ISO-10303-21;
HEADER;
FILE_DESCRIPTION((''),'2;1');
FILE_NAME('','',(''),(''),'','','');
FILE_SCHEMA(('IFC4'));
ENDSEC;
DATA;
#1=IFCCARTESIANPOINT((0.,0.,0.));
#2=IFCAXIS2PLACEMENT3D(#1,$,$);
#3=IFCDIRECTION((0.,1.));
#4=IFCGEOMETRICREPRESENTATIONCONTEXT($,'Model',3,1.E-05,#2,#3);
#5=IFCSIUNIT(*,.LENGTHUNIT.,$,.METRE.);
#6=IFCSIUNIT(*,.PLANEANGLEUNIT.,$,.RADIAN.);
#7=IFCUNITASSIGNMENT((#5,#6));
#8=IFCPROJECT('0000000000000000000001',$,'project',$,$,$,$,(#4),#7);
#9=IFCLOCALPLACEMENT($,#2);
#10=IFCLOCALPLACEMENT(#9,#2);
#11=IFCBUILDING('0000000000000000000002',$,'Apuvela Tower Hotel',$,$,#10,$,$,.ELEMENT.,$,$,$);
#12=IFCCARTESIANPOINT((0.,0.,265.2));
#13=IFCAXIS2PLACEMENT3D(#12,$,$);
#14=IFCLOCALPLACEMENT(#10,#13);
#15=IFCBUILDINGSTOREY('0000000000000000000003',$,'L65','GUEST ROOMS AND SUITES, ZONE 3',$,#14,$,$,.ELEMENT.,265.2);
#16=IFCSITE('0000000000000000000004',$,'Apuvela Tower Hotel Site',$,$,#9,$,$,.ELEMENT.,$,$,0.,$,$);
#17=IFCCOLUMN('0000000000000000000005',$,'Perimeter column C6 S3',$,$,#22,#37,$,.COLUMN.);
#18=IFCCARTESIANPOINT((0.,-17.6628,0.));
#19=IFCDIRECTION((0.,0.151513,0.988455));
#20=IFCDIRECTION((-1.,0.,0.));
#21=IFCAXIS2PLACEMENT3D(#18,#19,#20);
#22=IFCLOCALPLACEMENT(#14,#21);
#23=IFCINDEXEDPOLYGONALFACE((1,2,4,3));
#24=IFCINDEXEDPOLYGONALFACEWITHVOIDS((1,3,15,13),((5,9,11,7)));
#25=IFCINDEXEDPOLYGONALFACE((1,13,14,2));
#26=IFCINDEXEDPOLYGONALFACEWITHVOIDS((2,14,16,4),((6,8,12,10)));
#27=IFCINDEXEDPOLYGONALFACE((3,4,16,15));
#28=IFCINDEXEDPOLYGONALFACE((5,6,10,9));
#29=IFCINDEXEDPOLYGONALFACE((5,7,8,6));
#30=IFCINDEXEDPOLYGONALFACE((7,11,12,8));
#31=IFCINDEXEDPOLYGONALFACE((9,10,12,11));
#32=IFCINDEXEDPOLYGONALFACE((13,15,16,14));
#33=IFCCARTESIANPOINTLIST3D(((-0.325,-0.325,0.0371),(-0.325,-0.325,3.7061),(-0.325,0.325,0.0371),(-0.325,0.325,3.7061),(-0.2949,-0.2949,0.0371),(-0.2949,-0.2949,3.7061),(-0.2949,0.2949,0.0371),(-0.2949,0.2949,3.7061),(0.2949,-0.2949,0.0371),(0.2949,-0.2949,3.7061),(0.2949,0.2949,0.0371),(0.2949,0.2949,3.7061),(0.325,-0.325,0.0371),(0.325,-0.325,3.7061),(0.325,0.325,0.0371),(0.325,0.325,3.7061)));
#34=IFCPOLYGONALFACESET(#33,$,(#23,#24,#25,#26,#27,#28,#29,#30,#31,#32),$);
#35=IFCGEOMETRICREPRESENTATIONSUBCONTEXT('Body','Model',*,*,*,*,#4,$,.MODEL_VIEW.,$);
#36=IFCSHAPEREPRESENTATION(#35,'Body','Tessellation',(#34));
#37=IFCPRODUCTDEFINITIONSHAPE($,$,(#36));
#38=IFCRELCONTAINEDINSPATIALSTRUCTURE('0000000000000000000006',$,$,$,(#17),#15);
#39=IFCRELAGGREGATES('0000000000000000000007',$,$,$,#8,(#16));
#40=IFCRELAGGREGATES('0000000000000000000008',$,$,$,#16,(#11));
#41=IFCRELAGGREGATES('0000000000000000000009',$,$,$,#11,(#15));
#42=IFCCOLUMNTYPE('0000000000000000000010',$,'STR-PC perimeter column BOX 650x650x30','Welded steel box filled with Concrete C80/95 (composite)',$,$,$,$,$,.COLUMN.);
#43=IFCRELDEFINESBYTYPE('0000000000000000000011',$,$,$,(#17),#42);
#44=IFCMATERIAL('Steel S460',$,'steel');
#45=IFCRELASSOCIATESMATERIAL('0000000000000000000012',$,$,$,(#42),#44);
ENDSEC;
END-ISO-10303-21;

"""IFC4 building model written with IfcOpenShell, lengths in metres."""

from ifc_helpers import new_model, si_unit, direction, frame, origin, origin_2d, place, context, subcontext, project, spatial, rectangle, hollow_rectangle, extrude, boolean, halfspace, material, material_profile, profile_set, type_object, element, save


model = new_model("IFC4")

# Units and contexts
model_context = context("Model", 3, precision=1e-05, world=origin(), true_north=direction((0.0, 1.0)))
body_context = subcontext(model_context, "Body", "Model", "MODEL_VIEW")
ifc_project = project(units=[si_unit("LENGTHUNIT", "METRE"), si_unit("PLANEANGLEUNIT", "RADIAN")], contexts=[model_context])

# Site, building, storey
site_placement = place(None, origin())
site = spatial("IfcSite", under=ifc_project, at=site_placement, Name="Apuvela Tower Hotel Site", CompositionType="ELEMENT", RefElevation=0.0)
building_placement = place(site_placement, origin())
building = spatial("IfcBuilding", under=site, at=building_placement, Name="Apuvela Tower Hotel", CompositionType="ELEMENT")
storey_placement = place(building_placement, frame((0.0, 0.0, 265.2)))
storey = spatial("IfcBuildingStorey", under=building, at=storey_placement, Name="L65", Description="GUEST ROOMS AND SUITES, ZONE 3", CompositionType="ELEMENT", Elevation=265.2)

# Column
ifc_material_1 = material(Name="Steel S460", Category="steel")
ifc_material_profile_1 = material_profile(ifc_material_1, hollow_rectangle(XDim=0.6499, YDim=0.6499, WallThickness=0.03, at=origin_2d()), Name="BOX 650x650x30")
ifc_material_2 = material(Name="Concrete C80/95", Category="concrete")
ifc_material_profile_2 = material_profile(ifc_material_2, rectangle(XDim=0.5901, YDim=0.5901, at=origin_2d()), Name="Concrete C80/95 infill")
ifc_profile_set_1 = profile_set([ifc_material_profile_1, ifc_material_profile_2], Name="Steel S460")
column_type = type_object("IfcColumnType", Name="STR-PC perimeter column BOX 650x650x30", Description="Welded steel box filled with Concrete C80/95 (composite)", PredefinedType="COLUMN", material=ifc_profile_set_1)
column_1_placement = place(storey_placement, frame((0.0, -17.6628, 0.0), z_axis=(0.0, 0.151513, 0.988455), x_axis=(-1.0, 0.0, 0.0)))
element("IfcColumn", 1, at=column_1_placement, inside=storey, type_object=column_type, Name="Perimeter column C6 S3", PredefinedType="COLUMN", context=body_context, shape_type="SweptSolid", body=[
    boolean("DIFFERENCE", boolean("DIFFERENCE", extrude(hollow_rectangle(XDim=0.6499, YDim=0.6499, WallThickness=0.03, at=origin_2d()), origin(), (0.0, 0.0, 1.0), 3.7432), halfspace(frame((0.0, 0.0, 0.0371), z_axis=(0.0, 0.0, 1.0), x_axis=(1.0, 0.0, 0.0)), True)), halfspace(frame((0.0, 0.0, 3.7061), z_axis=(0.0, 0.0, 1.0), x_axis=(1.0, 0.0, 0.0)), False)),
])

save(model, "model.ifc")
